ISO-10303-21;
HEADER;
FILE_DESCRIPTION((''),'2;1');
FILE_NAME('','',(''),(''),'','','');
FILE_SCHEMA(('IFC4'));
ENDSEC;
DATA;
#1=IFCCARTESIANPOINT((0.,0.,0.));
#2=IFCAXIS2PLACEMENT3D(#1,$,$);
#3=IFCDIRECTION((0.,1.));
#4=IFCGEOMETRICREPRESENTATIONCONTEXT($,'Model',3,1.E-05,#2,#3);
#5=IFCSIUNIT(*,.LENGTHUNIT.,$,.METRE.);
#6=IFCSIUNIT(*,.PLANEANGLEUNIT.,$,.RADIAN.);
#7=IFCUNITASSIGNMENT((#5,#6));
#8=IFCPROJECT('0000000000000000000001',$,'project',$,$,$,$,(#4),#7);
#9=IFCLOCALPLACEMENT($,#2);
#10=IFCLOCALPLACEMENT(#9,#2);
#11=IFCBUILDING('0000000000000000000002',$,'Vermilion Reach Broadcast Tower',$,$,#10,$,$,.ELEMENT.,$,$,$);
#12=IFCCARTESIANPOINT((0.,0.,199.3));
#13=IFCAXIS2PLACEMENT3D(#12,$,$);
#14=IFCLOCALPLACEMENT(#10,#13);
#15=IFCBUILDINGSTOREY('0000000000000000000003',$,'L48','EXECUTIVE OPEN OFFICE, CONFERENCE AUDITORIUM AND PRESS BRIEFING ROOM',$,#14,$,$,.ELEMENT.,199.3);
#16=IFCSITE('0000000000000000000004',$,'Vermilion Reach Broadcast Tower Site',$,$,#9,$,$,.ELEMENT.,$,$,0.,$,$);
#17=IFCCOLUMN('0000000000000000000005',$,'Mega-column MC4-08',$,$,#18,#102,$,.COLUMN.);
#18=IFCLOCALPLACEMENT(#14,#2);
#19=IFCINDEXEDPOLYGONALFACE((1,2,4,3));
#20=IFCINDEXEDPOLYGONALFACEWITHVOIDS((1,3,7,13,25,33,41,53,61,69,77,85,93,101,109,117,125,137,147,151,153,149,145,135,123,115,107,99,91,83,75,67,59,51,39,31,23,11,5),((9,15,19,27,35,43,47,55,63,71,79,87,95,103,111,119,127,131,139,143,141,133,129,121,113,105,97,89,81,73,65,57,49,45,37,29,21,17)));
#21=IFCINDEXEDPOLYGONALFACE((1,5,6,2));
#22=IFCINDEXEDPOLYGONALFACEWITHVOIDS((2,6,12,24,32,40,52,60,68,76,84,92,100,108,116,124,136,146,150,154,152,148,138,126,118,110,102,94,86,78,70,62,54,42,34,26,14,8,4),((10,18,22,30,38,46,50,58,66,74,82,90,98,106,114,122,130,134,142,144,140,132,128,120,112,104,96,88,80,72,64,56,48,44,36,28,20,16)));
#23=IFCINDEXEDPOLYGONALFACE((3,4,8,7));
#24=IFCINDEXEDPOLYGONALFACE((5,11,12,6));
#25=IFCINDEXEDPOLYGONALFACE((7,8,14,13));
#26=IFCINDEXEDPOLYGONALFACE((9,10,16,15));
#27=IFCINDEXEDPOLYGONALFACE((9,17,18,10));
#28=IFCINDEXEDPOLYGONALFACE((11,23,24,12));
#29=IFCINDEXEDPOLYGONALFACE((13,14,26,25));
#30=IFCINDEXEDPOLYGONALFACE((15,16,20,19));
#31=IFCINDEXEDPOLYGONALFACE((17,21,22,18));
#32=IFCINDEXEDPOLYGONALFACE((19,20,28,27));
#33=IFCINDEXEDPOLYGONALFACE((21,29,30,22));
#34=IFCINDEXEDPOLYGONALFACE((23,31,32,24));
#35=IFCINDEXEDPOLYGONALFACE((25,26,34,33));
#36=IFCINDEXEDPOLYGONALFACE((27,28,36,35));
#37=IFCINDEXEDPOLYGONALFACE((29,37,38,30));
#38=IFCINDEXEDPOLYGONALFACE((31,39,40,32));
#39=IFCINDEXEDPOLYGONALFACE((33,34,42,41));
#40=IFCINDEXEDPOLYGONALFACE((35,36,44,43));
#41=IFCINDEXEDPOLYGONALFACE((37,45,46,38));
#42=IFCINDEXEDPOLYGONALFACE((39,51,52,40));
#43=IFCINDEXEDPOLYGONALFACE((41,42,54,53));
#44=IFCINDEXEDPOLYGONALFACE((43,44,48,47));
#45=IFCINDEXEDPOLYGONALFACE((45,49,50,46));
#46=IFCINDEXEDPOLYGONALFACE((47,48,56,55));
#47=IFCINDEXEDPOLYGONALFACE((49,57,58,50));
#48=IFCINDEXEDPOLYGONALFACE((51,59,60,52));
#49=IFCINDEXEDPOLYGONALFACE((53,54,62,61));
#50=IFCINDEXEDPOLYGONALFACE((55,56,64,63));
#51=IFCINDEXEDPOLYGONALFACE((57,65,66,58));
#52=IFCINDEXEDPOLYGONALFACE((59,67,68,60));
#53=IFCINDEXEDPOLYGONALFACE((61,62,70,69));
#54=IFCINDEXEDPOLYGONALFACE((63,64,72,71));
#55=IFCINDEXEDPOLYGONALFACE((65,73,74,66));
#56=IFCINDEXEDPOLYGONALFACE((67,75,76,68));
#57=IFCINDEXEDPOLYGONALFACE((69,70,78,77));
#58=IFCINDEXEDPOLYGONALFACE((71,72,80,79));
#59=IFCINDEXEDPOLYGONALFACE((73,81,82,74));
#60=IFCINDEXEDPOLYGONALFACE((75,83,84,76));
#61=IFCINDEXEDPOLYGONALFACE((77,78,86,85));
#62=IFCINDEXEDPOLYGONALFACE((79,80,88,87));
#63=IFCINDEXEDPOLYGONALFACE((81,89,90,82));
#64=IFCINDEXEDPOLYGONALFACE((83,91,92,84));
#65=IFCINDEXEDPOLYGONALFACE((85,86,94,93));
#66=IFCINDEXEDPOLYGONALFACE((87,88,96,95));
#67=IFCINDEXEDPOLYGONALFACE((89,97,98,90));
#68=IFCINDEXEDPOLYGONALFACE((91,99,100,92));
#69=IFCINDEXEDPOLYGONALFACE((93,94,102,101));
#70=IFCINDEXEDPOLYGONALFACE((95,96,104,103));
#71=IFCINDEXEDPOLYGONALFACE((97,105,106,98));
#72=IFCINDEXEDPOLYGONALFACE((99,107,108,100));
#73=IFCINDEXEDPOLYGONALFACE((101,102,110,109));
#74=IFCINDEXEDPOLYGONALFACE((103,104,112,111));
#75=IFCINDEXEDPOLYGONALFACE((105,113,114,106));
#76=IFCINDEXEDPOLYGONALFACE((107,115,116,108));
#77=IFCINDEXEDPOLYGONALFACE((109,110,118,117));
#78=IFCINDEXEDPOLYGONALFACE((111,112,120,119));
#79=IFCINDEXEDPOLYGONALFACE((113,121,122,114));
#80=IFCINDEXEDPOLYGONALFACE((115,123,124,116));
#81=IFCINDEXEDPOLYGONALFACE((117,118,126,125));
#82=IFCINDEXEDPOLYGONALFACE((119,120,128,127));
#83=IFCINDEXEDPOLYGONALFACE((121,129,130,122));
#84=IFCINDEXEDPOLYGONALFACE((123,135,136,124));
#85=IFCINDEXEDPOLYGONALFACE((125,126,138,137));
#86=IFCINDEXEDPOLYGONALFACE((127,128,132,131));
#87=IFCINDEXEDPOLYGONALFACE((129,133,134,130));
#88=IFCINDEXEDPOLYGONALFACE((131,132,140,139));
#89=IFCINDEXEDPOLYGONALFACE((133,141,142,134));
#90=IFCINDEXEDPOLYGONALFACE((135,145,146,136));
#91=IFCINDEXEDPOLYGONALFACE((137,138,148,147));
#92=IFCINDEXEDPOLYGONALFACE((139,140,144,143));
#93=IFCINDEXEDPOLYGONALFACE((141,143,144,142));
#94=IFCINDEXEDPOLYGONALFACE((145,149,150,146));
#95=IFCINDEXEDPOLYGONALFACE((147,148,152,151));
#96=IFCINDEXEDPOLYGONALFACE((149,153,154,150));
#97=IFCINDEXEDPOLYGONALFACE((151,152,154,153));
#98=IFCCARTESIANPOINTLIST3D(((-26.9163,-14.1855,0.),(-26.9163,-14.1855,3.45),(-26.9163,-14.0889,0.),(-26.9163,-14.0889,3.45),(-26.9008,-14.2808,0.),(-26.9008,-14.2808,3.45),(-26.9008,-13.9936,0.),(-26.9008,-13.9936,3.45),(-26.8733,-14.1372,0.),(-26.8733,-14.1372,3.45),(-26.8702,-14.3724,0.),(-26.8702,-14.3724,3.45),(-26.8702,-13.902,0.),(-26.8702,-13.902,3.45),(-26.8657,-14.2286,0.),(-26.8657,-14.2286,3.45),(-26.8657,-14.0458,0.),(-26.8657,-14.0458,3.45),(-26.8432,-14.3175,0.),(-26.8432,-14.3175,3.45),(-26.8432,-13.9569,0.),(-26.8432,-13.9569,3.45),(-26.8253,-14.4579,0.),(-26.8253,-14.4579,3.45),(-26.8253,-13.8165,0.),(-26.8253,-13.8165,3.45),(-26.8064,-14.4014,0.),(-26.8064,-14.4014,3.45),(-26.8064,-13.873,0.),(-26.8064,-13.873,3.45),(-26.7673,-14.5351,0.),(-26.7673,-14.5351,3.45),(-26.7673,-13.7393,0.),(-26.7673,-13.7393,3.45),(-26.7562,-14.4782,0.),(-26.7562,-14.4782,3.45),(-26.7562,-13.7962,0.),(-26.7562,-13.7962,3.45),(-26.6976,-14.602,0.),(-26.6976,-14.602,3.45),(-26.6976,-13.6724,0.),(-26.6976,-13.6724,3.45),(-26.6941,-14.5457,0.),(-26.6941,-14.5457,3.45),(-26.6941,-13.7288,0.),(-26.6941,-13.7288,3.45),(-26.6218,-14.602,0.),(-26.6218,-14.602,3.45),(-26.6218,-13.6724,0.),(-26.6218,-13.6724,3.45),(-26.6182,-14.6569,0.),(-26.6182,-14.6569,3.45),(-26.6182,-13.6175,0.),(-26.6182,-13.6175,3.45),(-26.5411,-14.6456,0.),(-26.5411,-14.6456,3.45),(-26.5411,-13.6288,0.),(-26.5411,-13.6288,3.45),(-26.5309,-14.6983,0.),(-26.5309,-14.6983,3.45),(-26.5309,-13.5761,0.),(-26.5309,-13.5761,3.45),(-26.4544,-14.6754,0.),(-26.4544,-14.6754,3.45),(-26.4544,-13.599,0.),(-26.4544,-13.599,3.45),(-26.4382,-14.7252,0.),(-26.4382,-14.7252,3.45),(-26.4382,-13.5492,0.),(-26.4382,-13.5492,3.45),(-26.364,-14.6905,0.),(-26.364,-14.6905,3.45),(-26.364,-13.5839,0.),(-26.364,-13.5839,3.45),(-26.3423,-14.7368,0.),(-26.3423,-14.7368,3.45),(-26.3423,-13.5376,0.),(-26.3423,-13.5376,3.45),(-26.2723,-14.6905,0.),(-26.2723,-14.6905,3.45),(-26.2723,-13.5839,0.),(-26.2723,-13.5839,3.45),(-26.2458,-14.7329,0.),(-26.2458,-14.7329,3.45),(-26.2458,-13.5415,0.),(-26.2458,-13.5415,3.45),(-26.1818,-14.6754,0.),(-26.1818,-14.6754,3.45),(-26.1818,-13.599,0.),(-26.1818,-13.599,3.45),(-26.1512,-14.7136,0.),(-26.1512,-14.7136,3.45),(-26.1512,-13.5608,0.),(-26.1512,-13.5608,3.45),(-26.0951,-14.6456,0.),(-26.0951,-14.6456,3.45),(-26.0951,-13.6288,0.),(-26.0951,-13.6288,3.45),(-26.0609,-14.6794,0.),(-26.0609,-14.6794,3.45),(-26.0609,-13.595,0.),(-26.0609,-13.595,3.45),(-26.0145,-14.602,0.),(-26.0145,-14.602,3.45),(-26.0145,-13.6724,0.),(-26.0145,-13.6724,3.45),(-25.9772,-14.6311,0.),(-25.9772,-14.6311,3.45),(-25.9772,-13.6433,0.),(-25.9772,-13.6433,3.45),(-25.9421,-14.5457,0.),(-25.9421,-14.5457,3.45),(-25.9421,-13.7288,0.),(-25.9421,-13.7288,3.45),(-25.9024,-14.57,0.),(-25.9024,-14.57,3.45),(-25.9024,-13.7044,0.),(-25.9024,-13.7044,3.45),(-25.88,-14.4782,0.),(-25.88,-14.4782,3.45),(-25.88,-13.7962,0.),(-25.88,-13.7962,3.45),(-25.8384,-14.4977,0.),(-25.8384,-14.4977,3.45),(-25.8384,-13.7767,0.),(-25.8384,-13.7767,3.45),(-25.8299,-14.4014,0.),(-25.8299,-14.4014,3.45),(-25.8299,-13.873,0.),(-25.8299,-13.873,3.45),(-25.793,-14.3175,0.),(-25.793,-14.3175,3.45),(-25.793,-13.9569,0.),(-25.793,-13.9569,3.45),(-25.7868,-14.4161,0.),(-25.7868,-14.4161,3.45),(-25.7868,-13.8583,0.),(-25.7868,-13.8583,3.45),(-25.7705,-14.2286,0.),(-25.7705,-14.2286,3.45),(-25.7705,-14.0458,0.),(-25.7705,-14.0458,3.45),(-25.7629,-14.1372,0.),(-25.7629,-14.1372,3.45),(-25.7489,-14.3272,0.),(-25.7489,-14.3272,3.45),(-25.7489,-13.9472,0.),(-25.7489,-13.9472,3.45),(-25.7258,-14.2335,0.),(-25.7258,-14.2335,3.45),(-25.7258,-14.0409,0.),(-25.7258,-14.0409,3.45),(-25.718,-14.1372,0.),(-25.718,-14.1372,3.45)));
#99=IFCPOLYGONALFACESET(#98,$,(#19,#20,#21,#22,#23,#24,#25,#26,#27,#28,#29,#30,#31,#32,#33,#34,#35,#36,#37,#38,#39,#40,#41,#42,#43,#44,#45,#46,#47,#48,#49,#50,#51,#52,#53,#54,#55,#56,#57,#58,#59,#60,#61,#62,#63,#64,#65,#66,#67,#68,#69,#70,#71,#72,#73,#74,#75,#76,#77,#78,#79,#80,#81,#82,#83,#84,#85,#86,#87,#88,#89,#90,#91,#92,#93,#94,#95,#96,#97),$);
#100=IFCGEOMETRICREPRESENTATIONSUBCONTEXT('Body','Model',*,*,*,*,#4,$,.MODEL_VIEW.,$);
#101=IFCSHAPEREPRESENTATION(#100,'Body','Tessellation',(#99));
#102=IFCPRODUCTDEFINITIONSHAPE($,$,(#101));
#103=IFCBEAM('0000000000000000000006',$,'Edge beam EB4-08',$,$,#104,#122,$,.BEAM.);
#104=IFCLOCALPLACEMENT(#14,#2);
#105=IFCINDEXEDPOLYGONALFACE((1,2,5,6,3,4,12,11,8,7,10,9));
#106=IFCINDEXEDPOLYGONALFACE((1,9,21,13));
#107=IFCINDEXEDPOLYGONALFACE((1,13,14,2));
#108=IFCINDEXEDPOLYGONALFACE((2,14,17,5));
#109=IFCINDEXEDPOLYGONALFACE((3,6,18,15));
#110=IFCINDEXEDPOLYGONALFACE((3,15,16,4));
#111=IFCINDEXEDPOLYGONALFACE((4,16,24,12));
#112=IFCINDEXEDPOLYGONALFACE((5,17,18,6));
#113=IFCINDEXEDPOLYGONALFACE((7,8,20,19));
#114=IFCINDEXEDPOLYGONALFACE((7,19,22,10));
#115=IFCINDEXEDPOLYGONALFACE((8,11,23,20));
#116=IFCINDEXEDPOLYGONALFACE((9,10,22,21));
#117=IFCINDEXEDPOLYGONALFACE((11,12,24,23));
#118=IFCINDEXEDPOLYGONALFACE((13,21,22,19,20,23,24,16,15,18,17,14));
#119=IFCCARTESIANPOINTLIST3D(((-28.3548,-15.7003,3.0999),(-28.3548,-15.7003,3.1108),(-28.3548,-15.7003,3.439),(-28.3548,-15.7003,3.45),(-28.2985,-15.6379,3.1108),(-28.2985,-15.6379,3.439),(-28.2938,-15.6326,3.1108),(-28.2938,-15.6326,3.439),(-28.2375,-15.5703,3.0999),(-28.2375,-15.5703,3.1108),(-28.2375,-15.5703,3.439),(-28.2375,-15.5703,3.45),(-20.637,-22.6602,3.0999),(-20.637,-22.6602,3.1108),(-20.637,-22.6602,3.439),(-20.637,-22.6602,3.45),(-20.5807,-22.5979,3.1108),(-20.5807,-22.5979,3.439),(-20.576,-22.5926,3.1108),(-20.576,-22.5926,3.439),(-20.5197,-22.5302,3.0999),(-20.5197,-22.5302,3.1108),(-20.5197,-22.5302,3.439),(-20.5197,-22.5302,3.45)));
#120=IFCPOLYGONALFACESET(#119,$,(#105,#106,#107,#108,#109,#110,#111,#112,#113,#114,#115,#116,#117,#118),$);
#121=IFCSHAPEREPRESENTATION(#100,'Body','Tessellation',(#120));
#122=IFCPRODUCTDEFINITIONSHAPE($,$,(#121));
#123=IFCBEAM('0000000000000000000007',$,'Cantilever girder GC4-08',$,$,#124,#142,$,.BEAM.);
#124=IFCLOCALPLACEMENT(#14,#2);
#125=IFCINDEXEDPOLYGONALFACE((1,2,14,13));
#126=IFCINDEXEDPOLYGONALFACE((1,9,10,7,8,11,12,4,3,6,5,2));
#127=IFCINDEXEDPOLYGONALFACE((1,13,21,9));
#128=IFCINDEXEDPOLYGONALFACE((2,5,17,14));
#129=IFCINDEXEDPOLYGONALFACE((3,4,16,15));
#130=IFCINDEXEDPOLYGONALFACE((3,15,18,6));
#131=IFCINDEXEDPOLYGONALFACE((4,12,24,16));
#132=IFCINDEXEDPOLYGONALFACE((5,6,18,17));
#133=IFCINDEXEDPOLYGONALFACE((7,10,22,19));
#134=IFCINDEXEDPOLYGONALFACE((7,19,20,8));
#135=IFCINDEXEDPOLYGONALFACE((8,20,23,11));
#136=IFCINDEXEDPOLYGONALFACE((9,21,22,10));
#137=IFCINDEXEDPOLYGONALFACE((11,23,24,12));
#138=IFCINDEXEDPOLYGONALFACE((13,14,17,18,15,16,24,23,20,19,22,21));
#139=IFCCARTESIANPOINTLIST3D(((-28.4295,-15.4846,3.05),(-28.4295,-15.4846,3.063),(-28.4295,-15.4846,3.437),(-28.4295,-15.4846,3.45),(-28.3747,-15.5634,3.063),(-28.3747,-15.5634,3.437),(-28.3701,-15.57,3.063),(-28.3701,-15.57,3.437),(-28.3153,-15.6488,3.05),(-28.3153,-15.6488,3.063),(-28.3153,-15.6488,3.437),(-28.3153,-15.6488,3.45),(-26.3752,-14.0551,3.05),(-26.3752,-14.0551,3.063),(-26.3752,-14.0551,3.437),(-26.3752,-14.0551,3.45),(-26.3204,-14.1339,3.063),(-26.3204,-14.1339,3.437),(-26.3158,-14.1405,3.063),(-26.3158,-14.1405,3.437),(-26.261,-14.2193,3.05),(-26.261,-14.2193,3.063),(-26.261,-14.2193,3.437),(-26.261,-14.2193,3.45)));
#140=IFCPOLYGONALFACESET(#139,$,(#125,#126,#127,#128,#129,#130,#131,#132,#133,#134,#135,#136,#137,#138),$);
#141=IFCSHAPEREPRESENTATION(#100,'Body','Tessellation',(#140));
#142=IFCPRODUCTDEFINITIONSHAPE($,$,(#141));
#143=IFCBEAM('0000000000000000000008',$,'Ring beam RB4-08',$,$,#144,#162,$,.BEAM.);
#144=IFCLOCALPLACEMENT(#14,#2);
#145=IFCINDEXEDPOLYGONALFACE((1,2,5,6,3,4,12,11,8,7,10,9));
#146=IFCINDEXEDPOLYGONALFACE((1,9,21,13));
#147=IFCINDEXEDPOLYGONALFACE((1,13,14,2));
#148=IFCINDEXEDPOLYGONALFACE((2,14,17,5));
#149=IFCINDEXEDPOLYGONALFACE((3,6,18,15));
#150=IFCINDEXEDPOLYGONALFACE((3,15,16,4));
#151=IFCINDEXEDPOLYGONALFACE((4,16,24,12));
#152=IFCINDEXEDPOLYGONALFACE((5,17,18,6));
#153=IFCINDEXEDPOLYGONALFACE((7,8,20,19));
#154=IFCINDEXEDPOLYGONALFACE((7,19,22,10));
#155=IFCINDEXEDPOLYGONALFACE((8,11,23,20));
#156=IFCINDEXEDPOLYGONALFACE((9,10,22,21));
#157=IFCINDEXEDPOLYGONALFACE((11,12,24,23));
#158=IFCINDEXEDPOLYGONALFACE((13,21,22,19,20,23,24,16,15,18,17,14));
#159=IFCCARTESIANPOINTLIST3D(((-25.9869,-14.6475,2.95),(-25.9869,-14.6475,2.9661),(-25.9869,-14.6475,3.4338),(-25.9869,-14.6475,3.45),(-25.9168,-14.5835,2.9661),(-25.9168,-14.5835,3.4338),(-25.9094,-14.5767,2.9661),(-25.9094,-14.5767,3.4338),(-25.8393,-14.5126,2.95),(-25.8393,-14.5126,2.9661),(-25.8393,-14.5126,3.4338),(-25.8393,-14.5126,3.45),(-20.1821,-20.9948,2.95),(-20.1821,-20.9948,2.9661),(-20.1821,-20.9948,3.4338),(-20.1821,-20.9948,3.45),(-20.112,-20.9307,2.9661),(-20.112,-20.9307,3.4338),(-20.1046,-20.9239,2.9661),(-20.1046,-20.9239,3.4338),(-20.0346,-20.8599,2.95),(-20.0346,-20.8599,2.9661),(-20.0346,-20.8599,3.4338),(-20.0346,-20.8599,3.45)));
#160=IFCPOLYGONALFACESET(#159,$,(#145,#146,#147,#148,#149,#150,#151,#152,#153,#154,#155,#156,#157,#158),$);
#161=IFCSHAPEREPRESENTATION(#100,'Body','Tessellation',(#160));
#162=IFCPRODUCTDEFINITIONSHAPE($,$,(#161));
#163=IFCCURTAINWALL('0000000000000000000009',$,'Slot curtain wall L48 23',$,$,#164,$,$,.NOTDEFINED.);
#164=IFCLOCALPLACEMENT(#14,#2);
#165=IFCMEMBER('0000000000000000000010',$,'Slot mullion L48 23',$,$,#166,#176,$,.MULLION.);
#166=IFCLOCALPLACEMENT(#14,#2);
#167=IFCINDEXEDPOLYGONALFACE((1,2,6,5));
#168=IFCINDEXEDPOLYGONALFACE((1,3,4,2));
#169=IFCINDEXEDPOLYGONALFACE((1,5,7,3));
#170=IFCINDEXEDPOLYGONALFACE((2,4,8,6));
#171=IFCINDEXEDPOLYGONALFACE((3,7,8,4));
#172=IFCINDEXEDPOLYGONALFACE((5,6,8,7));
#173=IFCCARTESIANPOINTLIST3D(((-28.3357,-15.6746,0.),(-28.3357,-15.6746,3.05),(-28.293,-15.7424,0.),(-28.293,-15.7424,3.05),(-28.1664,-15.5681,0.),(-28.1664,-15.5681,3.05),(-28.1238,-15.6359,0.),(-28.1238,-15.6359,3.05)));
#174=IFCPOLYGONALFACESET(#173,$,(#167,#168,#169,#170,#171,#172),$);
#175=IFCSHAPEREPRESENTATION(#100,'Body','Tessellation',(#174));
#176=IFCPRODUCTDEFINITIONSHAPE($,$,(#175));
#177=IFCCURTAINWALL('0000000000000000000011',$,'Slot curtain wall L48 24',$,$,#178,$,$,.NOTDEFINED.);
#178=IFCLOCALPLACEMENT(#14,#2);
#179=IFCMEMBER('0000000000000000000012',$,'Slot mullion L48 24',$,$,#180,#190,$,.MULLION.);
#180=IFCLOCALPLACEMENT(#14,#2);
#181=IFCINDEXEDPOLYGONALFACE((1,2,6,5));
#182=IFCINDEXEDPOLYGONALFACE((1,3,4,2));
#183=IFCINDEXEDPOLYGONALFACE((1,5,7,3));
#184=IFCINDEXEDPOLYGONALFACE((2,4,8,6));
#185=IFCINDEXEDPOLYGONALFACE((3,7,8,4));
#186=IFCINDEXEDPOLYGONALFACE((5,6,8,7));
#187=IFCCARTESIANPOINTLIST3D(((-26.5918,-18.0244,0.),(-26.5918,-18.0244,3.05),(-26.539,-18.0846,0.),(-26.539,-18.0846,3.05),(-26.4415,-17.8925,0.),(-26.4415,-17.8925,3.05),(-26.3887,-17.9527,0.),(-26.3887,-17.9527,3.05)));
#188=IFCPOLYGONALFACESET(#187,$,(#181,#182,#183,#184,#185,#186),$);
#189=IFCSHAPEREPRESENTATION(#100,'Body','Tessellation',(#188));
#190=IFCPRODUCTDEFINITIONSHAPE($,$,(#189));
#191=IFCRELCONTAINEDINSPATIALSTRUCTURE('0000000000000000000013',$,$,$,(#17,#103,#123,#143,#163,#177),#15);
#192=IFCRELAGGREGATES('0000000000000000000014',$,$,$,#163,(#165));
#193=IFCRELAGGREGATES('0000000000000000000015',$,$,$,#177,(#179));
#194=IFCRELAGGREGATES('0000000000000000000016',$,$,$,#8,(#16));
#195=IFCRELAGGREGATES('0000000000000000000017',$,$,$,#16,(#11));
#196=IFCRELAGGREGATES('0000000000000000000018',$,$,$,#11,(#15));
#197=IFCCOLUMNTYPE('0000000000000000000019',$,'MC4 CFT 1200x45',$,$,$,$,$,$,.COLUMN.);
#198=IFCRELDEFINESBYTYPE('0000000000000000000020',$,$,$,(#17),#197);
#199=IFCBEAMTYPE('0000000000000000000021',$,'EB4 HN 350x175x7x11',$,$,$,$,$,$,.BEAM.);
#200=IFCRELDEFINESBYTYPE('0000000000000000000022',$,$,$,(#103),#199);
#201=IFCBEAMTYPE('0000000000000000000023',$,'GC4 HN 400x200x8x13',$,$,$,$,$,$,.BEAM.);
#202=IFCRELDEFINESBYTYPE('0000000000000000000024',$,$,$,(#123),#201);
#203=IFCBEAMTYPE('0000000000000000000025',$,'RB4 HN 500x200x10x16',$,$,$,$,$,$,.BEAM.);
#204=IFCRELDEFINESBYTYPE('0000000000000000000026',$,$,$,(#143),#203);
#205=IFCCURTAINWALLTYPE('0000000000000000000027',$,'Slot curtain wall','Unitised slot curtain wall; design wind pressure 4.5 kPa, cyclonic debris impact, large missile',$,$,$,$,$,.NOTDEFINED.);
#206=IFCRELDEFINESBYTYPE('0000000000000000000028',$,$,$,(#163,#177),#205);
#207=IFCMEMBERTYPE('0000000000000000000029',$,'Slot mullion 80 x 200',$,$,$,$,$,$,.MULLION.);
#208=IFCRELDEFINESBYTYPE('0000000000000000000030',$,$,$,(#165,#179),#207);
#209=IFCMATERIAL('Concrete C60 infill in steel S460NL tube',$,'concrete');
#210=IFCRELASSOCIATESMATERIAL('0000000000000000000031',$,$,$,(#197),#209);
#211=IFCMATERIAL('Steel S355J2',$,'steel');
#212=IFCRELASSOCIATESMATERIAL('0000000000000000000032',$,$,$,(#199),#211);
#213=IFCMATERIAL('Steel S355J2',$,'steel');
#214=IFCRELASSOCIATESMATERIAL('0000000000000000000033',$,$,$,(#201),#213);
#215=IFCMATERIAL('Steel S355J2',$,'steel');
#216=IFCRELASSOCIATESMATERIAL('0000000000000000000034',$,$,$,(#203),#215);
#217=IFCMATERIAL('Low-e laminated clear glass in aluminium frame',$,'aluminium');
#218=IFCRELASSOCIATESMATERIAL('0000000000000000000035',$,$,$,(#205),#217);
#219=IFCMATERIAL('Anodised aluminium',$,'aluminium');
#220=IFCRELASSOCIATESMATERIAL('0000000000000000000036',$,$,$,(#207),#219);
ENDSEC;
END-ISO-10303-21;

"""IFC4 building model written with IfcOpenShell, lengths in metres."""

from ifc_helpers import new_model, si_unit, direction, frame, origin, origin_2d, place, context, subcontext, project, spatial, rectangle, hollow_circle, i_section, extrude, material, material_profile, profile_set, type_object, element, aggregate, save


model = new_model("IFC4")

# Units and contexts
model_context = context("Model", 3, precision=1e-05, world=origin(), true_north=direction((0.0, 1.0)))
body_context = subcontext(model_context, "Body", "Model", "MODEL_VIEW")
ifc_project = project(units=[si_unit("LENGTHUNIT", "METRE"), si_unit("PLANEANGLEUNIT", "RADIAN")], contexts=[model_context])

# Site, building, storey
site_placement = place(None, origin())
site = spatial("IfcSite", under=ifc_project, at=site_placement, Name="Vermilion Reach Broadcast Tower Site", CompositionType="ELEMENT", RefElevation=0.0)
building_placement = place(site_placement, origin())
building = spatial("IfcBuilding", under=site, at=building_placement, Name="Vermilion Reach Broadcast Tower", CompositionType="ELEMENT")
storey_placement = place(building_placement, frame((0.0, 0.0, 199.3)))
storey = spatial("IfcBuildingStorey", under=building, at=storey_placement, Name="L48", Description="EXECUTIVE OPEN OFFICE, CONFERENCE AUDITORIUM AND PRESS BRIEFING ROOM", CompositionType="ELEMENT", Elevation=199.3)

# Column
ifc_material_1 = material(Name="Concrete C60 infill in steel S460NL tube", Category="concrete")
ifc_material_profile_1 = material_profile(ifc_material_1, hollow_circle(Radius=0.6001, WallThickness=0.0449, at=origin_2d()), Name="Concrete C60 infill in steel S460NL tube CFT 1200x45")
ifc_profile_set_1 = profile_set([ifc_material_profile_1], Name="Concrete C60 infill in steel S460NL tube")
column_type = type_object("IfcColumnType", Name="MC4 CFT 1200x45", PredefinedType="COLUMN", material=ifc_profile_set_1)
column_placement = place(storey_placement, frame((-26.3181, -14.1372, 0.0), z_axis=(0.0, 0.0, 1.0), x_axis=(1.0, 0.0, 0.0)))
element("IfcColumn", 1, at=column_placement, inside=storey, type_object=column_type, Name="Mega-column MC4-08", PredefinedType="COLUMN", context=body_context, shape_type="SweptSolid", body=[
    extrude(hollow_circle(Radius=0.6001, WallThickness=0.0449, at=origin_2d()), origin(), (0.0, 0.0, 1.0), 3.45),
])

# Beams
ifc_material_2 = material(Name="Steel S355J2", Category="steel")
ifc_material_profile_2 = material_profile(ifc_material_2, i_section(OverallWidth=0.175, OverallDepth=0.3501, WebThickness=0.0071, FlangeThickness=0.011, at=origin_2d()), Name="S355J2 HN 350x175x7x11")
ifc_profile_set_2 = profile_set([ifc_material_profile_2], Name="Steel S355J2")
beam_type_1 = type_object("IfcBeamType", Name="EB4 HN 350x175x7x11", PredefinedType="BEAM", material=ifc_profile_set_2)
beam_1_placement = place(storey_placement, frame((-28.2961, -15.6353, 3.2749), z_axis=(0.742626, -0.669707, 0.0), x_axis=(0.669707, 0.742626, 0.0)))
element("IfcBeam", 2, at=beam_1_placement, inside=storey, type_object=beam_type_1, Name="Edge beam EB4-08", PredefinedType="BEAM", context=body_context, shape_type="SweptSolid", body=[
    extrude(i_section(OverallWidth=0.175, OverallDepth=0.3501, WebThickness=0.0071, FlangeThickness=0.011, at=origin_2d()), origin(), (0.0, 0.0, 1.0), 10.3926),
])
ifc_material_3 = material(Name="Steel S355J2", Category="steel")
ifc_material_profile_3 = material_profile(ifc_material_3, i_section(OverallWidth=0.2, OverallDepth=0.3999, WebThickness=0.0081, FlangeThickness=0.0129, at=origin_2d()), Name="S355J2 HN 400x200x8x13")
ifc_profile_set_3 = profile_set([ifc_material_profile_3], Name="Steel S355J2")
beam_type_2 = type_object("IfcBeamType", Name="GC4 HN 400x200x8x13", PredefinedType="BEAM", material=ifc_profile_set_3)
beam_2_placement = place(storey_placement, frame((-26.3181, -14.1372, 3.25), z_axis=(-0.820824, -0.571182, 0.0), x_axis=(0.571182, -0.820824, 0.0)))
element("IfcBeam", 3, at=beam_2_placement, inside=storey, type_object=beam_type_2, Name="Cantilever girder GC4-08", PredefinedType="BEAM", context=body_context, shape_type="SweptSolid", body=[
    extrude(i_section(OverallWidth=0.2, OverallDepth=0.3999, WebThickness=0.0081, FlangeThickness=0.0129, at=origin_2d()), origin(), (0.0, 0.0, 1.0), 2.5027),
])
ifc_material_4 = material(Name="Steel S355J2", Category="steel")
ifc_material_profile_4 = material_profile(ifc_material_4, i_section(OverallWidth=0.2, OverallDepth=0.5, WebThickness=0.01, FlangeThickness=0.0161, at=origin_2d()), Name="S355J2 HN 500x200x10x16")
ifc_profile_set_4 = profile_set([ifc_material_profile_4], Name="Steel S355J2")
beam_type_3 = type_object("IfcBeamType", Name="RB4 HN 500x200x10x16", PredefinedType="BEAM", material=ifc_profile_set_4)
beam_3_placement = place(storey_placement, frame((-25.9131, -14.5801, 3.2), z_axis=(0.674868, -0.737938, 0.0), x_axis=(0.737938, 0.674868, 0.0)))
element("IfcBeam", 4, at=beam_3_placement, inside=storey, type_object=beam_type_3, Name="Ring beam RB4-08", PredefinedType="BEAM", context=body_context, shape_type="SweptSolid", body=[
    extrude(i_section(OverallWidth=0.2, OverallDepth=0.5, WebThickness=0.01, FlangeThickness=0.0161, at=origin_2d()), origin(), (0.0, 0.0, 1.0), 8.6013),
])

# Curtain walls, members
ifc_material_5 = material(Name="Low-e laminated clear glass in aluminium frame", Category="aluminium")
curtain_wall_type = type_object("IfcCurtainWallType", Name="Slot curtain wall", Description="Unitised slot curtain wall; design wind pressure 4.5 kPa, cyclonic debris impact, large missile", PredefinedType="NOTDEFINED", material=ifc_material_5)
placement = place(storey_placement, origin())
curtain_wall_1 = element("IfcCurtainWall", 5, at=placement, inside=storey, type_object=curtain_wall_type, Name="Slot curtain wall L48 23", PredefinedType="NOTDEFINED")
ifc_material_6 = material(Name="Anodised aluminium", Category="aluminium")
ifc_material_profile_5 = material_profile(ifc_material_6, rectangle(XDim=0.2, YDim=0.0801, at=origin_2d()), Name="Slot mullion 80 x 200")
ifc_profile_set_5 = profile_set([ifc_material_profile_5], Name="Anodised aluminium")
member_type_1 = type_object("IfcMemberType", Name="Slot mullion 80 x 200", PredefinedType="MULLION", material=ifc_profile_set_5)
member_1_placement = place(storey_placement, frame((-28.2297, -15.6553, 0.0), z_axis=(0.0, 0.0, 1.0), x_axis=(0.846462, 0.53245, 0.0)))
member_1 = element("IfcMember", 6, at=member_1_placement, type_object=member_type_1, Name="Slot mullion L48 23", PredefinedType="MULLION", context=body_context, shape_type="SweptSolid", body=[
    extrude(rectangle(XDim=0.2, YDim=0.0801, at=origin_2d()), origin(), (0.0, 0.0, 1.0), 3.05),
])
curtain_wall_2 = element("IfcCurtainWall", 7, at=placement, inside=storey, type_object=curtain_wall_type, Name="Slot curtain wall L48 24", PredefinedType="NOTDEFINED")
member_2_placement = place(storey_placement, frame((-26.4902, -17.9885, 0.0), z_axis=(0.0, 0.0, 1.0), x_axis=(0.751494, 0.659739, 0.0)))
member_2 = element("IfcMember", 8, at=member_2_placement, type_object=member_type_1, Name="Slot mullion L48 24", PredefinedType="MULLION", context=body_context, shape_type="SweptSolid", body=[
    extrude(rectangle(XDim=0.2, YDim=0.0801, at=origin_2d()), origin(), (0.0, 0.0, 1.0), 3.05),
])

aggregate(curtain_wall_1, [member_1])
aggregate(curtain_wall_2, [member_2])

save(model, "model.ifc")
